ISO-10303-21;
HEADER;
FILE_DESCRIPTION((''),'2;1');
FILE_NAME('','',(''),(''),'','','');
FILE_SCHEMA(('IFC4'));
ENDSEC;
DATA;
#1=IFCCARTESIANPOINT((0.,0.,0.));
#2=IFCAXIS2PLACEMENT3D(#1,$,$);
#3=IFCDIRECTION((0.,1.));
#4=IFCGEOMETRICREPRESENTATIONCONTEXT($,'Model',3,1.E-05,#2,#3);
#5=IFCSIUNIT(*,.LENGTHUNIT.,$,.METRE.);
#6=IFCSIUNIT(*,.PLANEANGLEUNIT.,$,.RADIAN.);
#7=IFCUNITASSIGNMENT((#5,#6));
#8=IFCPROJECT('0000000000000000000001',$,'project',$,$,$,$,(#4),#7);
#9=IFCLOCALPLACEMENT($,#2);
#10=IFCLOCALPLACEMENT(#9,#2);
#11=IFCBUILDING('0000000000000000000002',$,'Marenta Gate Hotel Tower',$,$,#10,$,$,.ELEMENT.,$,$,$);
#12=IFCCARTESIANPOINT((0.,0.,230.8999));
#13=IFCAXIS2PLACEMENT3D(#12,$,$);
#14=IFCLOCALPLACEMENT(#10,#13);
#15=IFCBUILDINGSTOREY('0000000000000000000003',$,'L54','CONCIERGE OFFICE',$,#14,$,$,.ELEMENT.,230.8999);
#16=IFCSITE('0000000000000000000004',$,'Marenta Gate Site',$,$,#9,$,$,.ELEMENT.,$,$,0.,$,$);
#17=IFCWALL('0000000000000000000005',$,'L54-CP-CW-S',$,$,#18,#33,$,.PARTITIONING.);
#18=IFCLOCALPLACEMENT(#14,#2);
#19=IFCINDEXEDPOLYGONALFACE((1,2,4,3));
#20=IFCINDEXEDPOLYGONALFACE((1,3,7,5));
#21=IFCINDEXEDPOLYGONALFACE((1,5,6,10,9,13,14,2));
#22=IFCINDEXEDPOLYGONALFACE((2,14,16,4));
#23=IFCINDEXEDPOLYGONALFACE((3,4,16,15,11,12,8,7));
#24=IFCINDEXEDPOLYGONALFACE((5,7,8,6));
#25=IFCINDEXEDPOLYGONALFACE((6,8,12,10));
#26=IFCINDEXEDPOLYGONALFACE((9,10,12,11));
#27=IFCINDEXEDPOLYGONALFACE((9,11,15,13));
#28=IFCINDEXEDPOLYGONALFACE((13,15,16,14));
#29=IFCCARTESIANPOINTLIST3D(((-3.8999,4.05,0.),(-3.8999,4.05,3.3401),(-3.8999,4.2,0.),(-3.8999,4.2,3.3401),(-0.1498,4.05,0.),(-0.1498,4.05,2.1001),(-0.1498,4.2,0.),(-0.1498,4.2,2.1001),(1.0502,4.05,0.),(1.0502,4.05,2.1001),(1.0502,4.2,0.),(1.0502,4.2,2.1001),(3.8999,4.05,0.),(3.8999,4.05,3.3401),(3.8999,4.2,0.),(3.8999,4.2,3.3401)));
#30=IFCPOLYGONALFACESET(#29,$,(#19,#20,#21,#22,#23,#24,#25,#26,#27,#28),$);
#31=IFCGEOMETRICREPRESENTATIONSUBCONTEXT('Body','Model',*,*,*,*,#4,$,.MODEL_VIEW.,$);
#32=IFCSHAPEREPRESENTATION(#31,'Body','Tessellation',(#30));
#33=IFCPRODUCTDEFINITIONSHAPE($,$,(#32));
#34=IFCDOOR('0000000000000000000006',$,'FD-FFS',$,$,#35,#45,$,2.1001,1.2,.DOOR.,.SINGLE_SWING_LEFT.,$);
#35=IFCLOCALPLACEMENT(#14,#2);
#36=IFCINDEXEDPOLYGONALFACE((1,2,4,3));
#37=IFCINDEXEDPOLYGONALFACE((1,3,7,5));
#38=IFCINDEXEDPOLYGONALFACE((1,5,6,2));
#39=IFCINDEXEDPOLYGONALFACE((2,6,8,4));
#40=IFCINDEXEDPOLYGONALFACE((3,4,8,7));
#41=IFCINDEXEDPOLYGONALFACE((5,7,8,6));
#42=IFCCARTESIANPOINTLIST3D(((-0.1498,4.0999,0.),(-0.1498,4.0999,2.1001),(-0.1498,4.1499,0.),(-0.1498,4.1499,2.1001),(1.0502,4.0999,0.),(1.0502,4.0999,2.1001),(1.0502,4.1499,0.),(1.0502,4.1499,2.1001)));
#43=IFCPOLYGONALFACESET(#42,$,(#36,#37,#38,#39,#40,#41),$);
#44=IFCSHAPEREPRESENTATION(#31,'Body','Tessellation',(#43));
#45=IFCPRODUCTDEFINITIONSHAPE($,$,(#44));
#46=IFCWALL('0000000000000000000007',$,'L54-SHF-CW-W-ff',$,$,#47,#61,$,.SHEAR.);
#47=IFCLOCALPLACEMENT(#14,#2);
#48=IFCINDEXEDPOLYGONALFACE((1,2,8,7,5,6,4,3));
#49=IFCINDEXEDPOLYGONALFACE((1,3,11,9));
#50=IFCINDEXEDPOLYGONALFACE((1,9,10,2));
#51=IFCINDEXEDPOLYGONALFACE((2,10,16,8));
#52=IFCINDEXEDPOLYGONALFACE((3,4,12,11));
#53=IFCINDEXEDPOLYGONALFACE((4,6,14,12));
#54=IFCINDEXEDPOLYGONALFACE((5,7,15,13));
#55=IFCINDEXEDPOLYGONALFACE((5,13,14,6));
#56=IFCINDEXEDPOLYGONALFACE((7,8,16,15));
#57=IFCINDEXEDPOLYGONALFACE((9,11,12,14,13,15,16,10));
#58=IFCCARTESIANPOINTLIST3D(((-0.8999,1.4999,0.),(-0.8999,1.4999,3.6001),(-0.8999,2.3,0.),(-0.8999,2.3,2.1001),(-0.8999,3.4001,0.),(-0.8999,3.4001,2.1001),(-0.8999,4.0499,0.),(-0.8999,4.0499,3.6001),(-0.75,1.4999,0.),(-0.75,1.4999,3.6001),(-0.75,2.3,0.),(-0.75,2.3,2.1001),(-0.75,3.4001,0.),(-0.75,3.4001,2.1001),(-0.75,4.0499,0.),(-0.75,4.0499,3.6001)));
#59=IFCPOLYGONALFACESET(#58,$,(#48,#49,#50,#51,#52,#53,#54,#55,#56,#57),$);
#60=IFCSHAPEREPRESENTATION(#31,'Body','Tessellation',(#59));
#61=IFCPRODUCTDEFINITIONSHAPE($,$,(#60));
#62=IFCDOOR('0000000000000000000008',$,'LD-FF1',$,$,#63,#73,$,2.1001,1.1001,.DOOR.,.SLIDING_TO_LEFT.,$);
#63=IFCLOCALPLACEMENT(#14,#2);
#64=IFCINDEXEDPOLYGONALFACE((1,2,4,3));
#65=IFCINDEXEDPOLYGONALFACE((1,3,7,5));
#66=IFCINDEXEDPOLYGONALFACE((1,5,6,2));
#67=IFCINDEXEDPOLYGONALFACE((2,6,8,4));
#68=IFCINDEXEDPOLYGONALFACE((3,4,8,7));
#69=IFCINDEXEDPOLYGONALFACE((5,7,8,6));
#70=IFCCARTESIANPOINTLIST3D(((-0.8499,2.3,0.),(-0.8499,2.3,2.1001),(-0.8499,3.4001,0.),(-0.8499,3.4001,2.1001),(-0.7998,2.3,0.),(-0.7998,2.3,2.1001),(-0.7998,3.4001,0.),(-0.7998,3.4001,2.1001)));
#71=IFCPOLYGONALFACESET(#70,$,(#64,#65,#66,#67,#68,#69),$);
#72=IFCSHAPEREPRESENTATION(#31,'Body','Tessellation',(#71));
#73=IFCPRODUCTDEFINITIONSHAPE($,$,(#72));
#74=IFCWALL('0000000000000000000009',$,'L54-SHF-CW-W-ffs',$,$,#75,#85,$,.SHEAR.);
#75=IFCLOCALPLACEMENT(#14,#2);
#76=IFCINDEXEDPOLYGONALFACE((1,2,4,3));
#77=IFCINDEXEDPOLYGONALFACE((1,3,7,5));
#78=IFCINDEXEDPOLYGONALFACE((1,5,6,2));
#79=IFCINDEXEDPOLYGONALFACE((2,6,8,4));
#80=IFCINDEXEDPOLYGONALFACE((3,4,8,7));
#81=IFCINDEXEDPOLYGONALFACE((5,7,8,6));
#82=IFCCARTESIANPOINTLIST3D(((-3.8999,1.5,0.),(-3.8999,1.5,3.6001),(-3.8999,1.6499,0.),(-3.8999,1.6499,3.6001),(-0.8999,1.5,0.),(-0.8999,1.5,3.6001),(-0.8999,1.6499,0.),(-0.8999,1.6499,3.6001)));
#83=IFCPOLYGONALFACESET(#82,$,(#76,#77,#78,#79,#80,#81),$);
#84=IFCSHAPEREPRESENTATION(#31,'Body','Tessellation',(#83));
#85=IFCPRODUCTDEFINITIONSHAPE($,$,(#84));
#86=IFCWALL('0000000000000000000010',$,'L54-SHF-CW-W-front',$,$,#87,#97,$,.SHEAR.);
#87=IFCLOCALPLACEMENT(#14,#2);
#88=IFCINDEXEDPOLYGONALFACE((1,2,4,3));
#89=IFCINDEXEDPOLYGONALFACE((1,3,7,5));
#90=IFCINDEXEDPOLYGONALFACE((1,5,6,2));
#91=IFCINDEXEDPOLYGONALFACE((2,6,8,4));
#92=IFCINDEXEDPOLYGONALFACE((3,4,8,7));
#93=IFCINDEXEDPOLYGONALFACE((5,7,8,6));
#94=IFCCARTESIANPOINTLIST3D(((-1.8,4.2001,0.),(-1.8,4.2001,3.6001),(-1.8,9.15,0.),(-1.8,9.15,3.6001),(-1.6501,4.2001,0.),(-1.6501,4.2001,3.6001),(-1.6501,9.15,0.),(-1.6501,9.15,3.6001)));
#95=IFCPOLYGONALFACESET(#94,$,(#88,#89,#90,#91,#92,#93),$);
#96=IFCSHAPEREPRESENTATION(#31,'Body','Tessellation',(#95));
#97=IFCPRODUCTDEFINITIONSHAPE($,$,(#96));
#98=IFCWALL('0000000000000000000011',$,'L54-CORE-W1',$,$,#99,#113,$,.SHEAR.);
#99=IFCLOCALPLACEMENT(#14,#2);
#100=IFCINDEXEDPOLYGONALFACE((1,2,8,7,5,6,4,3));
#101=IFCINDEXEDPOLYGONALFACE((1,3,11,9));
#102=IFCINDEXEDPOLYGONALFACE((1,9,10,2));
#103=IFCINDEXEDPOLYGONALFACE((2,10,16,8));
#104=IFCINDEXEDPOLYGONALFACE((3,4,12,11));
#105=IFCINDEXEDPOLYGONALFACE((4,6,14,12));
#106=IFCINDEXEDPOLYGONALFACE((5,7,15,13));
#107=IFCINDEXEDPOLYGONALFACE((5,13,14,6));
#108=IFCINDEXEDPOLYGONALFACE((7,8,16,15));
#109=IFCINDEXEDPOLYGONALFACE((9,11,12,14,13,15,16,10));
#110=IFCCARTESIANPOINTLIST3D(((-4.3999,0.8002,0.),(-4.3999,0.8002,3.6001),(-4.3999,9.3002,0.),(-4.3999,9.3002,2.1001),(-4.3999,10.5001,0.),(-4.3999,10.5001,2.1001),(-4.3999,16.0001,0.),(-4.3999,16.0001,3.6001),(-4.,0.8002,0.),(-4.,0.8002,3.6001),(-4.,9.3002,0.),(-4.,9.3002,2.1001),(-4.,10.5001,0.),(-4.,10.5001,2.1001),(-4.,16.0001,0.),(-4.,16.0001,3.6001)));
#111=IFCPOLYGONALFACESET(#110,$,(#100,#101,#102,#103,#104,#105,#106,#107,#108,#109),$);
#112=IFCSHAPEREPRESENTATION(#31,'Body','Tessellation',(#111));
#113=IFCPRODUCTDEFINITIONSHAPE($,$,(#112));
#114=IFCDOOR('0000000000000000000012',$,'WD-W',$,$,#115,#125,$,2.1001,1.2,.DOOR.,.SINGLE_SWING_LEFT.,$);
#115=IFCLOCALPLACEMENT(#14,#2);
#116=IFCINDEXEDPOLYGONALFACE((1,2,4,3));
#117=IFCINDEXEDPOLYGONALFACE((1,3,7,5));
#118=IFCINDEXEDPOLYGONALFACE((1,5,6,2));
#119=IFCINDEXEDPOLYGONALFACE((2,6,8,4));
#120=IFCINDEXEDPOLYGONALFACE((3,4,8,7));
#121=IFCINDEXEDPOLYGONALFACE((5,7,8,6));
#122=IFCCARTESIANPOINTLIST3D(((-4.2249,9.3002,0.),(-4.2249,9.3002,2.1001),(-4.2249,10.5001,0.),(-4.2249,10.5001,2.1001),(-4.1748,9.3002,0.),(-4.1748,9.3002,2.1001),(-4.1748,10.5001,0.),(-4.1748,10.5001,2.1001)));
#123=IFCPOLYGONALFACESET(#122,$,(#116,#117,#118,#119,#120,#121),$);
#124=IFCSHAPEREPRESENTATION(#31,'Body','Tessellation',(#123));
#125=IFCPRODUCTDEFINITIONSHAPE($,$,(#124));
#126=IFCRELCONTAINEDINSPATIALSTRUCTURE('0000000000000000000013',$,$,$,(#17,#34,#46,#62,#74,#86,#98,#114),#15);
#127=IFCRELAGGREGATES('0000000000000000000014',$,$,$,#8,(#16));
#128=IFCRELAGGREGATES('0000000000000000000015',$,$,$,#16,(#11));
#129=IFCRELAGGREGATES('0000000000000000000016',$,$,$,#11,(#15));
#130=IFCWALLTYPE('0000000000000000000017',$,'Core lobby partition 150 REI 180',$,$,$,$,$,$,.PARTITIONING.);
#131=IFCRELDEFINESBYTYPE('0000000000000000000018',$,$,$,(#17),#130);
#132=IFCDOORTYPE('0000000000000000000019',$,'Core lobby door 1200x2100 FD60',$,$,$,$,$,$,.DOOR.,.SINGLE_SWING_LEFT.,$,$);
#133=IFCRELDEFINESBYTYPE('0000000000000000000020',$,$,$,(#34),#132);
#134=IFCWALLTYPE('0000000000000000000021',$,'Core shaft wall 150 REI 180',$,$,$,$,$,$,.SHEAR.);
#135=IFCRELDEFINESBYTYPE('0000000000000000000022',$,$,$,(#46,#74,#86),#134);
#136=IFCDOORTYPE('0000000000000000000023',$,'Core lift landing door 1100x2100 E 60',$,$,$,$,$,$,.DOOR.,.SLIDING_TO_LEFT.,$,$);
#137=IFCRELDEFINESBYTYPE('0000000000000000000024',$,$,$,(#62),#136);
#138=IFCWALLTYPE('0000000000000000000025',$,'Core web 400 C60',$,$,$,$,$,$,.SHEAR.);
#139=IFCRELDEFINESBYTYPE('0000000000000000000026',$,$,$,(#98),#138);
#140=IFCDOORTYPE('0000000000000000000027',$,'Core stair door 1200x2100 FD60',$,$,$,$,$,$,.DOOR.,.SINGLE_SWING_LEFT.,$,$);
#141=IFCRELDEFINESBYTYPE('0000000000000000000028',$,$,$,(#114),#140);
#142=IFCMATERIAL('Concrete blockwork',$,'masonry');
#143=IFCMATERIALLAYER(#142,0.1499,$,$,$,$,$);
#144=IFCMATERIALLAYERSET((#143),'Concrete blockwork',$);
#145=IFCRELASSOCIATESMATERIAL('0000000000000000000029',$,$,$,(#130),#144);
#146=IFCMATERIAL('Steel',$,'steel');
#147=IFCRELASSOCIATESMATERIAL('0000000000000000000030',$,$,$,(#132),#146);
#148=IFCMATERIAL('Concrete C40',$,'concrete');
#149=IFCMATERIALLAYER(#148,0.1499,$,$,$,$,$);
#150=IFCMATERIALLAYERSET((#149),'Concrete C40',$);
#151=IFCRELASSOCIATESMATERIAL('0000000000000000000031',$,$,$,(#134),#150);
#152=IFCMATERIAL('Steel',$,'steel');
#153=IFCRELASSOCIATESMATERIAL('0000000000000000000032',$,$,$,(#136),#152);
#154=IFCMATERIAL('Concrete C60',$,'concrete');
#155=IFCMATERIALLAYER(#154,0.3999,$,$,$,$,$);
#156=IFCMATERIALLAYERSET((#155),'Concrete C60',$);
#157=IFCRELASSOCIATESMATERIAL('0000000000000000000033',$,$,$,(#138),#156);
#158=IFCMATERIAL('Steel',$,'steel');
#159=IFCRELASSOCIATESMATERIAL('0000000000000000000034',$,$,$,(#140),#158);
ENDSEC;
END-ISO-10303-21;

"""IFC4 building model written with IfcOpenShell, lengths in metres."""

from ifc_helpers import new_model, si_unit, direction, frame, frame_2d, origin, place, context, subcontext, project, spatial, rectangle, extrude, material, layer, layer_set, type_object, element, fill, save


model = new_model("IFC4")

# Units and contexts
model_context = context("Model", 3, precision=1e-05, world=origin(), true_north=direction((0.0, 1.0)))
body_context = subcontext(model_context, "Body", "Model", "MODEL_VIEW")
ifc_project = project(units=[si_unit("LENGTHUNIT", "METRE"), si_unit("PLANEANGLEUNIT", "RADIAN")], contexts=[model_context])

# Site, building, storey
site_placement = place(None, origin())
site = spatial("IfcSite", under=ifc_project, at=site_placement, Name="Marenta Gate Site", CompositionType="ELEMENT", RefElevation=0.0)
building_placement = place(site_placement, origin())
building = spatial("IfcBuilding", under=site, at=building_placement, Name="Marenta Gate Hotel Tower", CompositionType="ELEMENT")
storey_placement = place(building_placement, frame((0.0, 0.0, 230.8999)))
storey = spatial("IfcBuildingStorey", under=building, at=storey_placement, Name="L54", Description="CONCIERGE OFFICE", CompositionType="ELEMENT", Elevation=230.8999)

# Walls, openings, doors
ifc_material_1 = material(Name="Concrete blockwork", Category="masonry")
ifc_layer_1 = layer(ifc_material_1, 0.1499)
ifc_layer_set_1 = layer_set([ifc_layer_1], Name="Concrete blockwork")
wall_type_1 = type_object("IfcWallType", Name="Core lobby partition 150 REI 180", PredefinedType="PARTITIONING", material=ifc_layer_set_1)
wall_1_placement = place(storey_placement, frame((-3.8999, 4.125, 0.0), z_axis=(0.0, 0.0, 1.0), x_axis=(1.0, 0.0, 0.0)))
wall_1 = element("IfcWall", 1, at=wall_1_placement, inside=storey, type_object=wall_type_1, Name="L54-CP-CW-S", PredefinedType="PARTITIONING", context=body_context, shape_type="SweptSolid", body=[
    extrude(rectangle(XDim=7.7998, YDim=0.1499, at=frame_2d((3.8999, 0.0))), origin(), (0.0, 0.0, 1.0), 3.3401),
])
opening_1_placement = place(wall_1_placement, frame((3.75, 0.0, 0.0)))
opening_1 = element("IfcOpeningElement", 2, at=opening_1_placement, cuts=wall_1, PredefinedType="OPENING", context=body_context, shape_type="SweptSolid", body=[
    extrude(rectangle(XDim=1.2, YDim=2.1001, at=frame_2d((0.6001, 1.05))), frame((0.0, 0.075, 0.0), z_axis=(0.0, -1.0, 0.0), x_axis=(1.0, 0.0, 0.0)), (0.0, 0.0, 1.0), 0.1499),
])
ifc_material_2 = material(Name="Steel", Category="steel")
door_type_1 = type_object("IfcDoorType", Name="Core lobby door 1200x2100 FD60", OperationType="SINGLE_SWING_LEFT", PredefinedType="DOOR", material=ifc_material_2)
door_1_placement = place(opening_1_placement, origin())
door_1 = element("IfcDoor", 3, at=door_1_placement, inside=storey, type_object=door_type_1, Name="FD-FFS", OperationType="SINGLE_SWING_LEFT", OverallHeight=2.1001, OverallWidth=1.2, PredefinedType="DOOR", context=body_context, shape_type="SweptSolid", body=[
    extrude(rectangle(XDim=1.2, YDim=2.1001, at=frame_2d((0.6001, 1.05))), frame((0.0, 0.0249, 0.0), z_axis=(0.0, -1.0, 0.0), x_axis=(1.0, 0.0, 0.0)), (0.0, 0.0, 1.0), 0.05),
])
fill(opening_1, door_1)
ifc_material_3 = material(Name="Concrete C40", Category="concrete")
ifc_layer_2 = layer(ifc_material_3, 0.1499)
ifc_layer_set_2 = layer_set([ifc_layer_2], Name="Concrete C40")
wall_type_2 = type_object("IfcWallType", Name="Core shaft wall 150 REI 180", PredefinedType="SHEAR", material=ifc_layer_set_2)
wall_2_placement = place(storey_placement, frame((-0.825, 1.5, 0.0), z_axis=(0.0, 0.0, 1.0), x_axis=(0.0, 1.0, 0.0)))
wall_2 = element("IfcWall", 4, at=wall_2_placement, inside=storey, type_object=wall_type_2, Name="L54-SHF-CW-W-ff", PredefinedType="SHEAR", context=body_context, shape_type="SweptSolid", body=[
    extrude(rectangle(XDim=2.55, YDim=0.1499, at=frame_2d((1.2749, 0.0))), origin(), (0.0, 0.0, 1.0), 3.6001),
])
opening_2_placement = place(wall_2_placement, frame((0.8, 0.0, 0.0)))
opening_2 = element("IfcOpeningElement", 5, at=opening_2_placement, cuts=wall_2, PredefinedType="OPENING", context=body_context, shape_type="SweptSolid", body=[
    extrude(rectangle(XDim=1.1001, YDim=2.1001, at=frame_2d((0.55, 1.05))), frame((0.0, 0.075, 0.0), z_axis=(0.0, -1.0, 0.0), x_axis=(1.0, 0.0, 0.0)), (0.0, 0.0, 1.0), 0.1499),
])
ifc_material_4 = material(Name="Steel", Category="steel")
door_type_2 = type_object("IfcDoorType", Name="Core lift landing door 1100x2100 E 60", OperationType="SLIDING_TO_LEFT", PredefinedType="DOOR", material=ifc_material_4)
door_2_placement = place(opening_2_placement, origin())
door_2 = element("IfcDoor", 6, at=door_2_placement, inside=storey, type_object=door_type_2, Name="LD-FF1", OperationType="SLIDING_TO_LEFT", OverallHeight=2.1001, OverallWidth=1.1001, PredefinedType="DOOR", context=body_context, shape_type="SweptSolid", body=[
    extrude(rectangle(XDim=1.1001, YDim=2.1001, at=frame_2d((0.55, 1.05))), frame((0.0, 0.0249, 0.0), z_axis=(0.0, -1.0, 0.0), x_axis=(1.0, 0.0, 0.0)), (0.0, 0.0, 1.0), 0.05),
])
fill(opening_2, door_2)

# Walls
wall_3_placement = place(storey_placement, frame((-3.8999, 1.575, 0.0), z_axis=(0.0, 0.0, 1.0), x_axis=(1.0, 0.0, 0.0)))
element("IfcWall", 7, at=wall_3_placement, inside=storey, type_object=wall_type_2, Name="L54-SHF-CW-W-ffs", PredefinedType="SHEAR", context=body_context, shape_type="SweptSolid", body=[
    extrude(rectangle(XDim=3.0, YDim=0.1499, at=frame_2d((1.5, 0.0))), origin(), (0.0, 0.0, 1.0), 3.6001),
])
wall_4_placement = place(storey_placement, frame((-1.7251, 4.2, 0.0), z_axis=(0.0, 0.0, 1.0), x_axis=(0.0, 1.0, 0.0)))
element("IfcWall", 8, at=wall_4_placement, inside=storey, type_object=wall_type_2, Name="L54-SHF-CW-W-front", PredefinedType="SHEAR", context=body_context, shape_type="SweptSolid", body=[
    extrude(rectangle(XDim=4.95, YDim=0.1499, at=frame_2d((2.4751, 0.0))), origin(), (0.0, 0.0, 1.0), 3.6001),
])

# Wall, opening, door
ifc_material_5 = material(Name="Concrete C60", Category="concrete")
ifc_layer_3 = layer(ifc_material_5, 0.3999)
ifc_layer_set_3 = layer_set([ifc_layer_3], Name="Concrete C60")
wall_type_3 = type_object("IfcWallType", Name="Core web 400 C60", PredefinedType="SHEAR", material=ifc_layer_set_3)
wall_5_placement = place(storey_placement, frame((-4.2, 0.8, 0.0), z_axis=(0.0, 0.0, 1.0), x_axis=(0.0, 1.0, 0.0)))
wall_5 = element("IfcWall", 9, at=wall_5_placement, inside=storey, type_object=wall_type_3, Name="L54-CORE-W1", PredefinedType="SHEAR", context=body_context, shape_type="SweptSolid", body=[
    extrude(rectangle(XDim=15.2, YDim=0.3999, at=frame_2d((7.6001, 0.0))), origin(), (0.0, 0.0, 1.0), 3.6001),
])
opening_3_placement = place(wall_5_placement, frame((8.5, 0.0, 0.0)))
opening_3 = element("IfcOpeningElement", 10, at=opening_3_placement, cuts=wall_5, PredefinedType="OPENING", context=body_context, shape_type="SweptSolid", body=[
    extrude(rectangle(XDim=1.2, YDim=2.1001, at=frame_2d((0.6001, 1.05))), frame((0.0, 0.2, 0.0), z_axis=(0.0, -1.0, 0.0), x_axis=(1.0, 0.0, 0.0)), (0.0, 0.0, 1.0), 0.3999),
])
ifc_material_6 = material(Name="Steel", Category="steel")
door_type_3 = type_object("IfcDoorType", Name="Core stair door 1200x2100 FD60", OperationType="SINGLE_SWING_LEFT", PredefinedType="DOOR", material=ifc_material_6)
door_3_placement = place(opening_3_placement, origin())
door_3 = element("IfcDoor", 11, at=door_3_placement, inside=storey, type_object=door_type_3, Name="WD-W", OperationType="SINGLE_SWING_LEFT", OverallHeight=2.1001, OverallWidth=1.2, PredefinedType="DOOR", context=body_context, shape_type="SweptSolid", body=[
    extrude(rectangle(XDim=1.2, YDim=2.1001, at=frame_2d((0.6001, 1.05))), frame((0.0, 0.0249, 0.0), z_axis=(0.0, -1.0, 0.0), x_axis=(1.0, 0.0, 0.0)), (0.0, 0.0, 1.0), 0.05),
])
fill(opening_3, door_3)

save(model, "model.ifc")
